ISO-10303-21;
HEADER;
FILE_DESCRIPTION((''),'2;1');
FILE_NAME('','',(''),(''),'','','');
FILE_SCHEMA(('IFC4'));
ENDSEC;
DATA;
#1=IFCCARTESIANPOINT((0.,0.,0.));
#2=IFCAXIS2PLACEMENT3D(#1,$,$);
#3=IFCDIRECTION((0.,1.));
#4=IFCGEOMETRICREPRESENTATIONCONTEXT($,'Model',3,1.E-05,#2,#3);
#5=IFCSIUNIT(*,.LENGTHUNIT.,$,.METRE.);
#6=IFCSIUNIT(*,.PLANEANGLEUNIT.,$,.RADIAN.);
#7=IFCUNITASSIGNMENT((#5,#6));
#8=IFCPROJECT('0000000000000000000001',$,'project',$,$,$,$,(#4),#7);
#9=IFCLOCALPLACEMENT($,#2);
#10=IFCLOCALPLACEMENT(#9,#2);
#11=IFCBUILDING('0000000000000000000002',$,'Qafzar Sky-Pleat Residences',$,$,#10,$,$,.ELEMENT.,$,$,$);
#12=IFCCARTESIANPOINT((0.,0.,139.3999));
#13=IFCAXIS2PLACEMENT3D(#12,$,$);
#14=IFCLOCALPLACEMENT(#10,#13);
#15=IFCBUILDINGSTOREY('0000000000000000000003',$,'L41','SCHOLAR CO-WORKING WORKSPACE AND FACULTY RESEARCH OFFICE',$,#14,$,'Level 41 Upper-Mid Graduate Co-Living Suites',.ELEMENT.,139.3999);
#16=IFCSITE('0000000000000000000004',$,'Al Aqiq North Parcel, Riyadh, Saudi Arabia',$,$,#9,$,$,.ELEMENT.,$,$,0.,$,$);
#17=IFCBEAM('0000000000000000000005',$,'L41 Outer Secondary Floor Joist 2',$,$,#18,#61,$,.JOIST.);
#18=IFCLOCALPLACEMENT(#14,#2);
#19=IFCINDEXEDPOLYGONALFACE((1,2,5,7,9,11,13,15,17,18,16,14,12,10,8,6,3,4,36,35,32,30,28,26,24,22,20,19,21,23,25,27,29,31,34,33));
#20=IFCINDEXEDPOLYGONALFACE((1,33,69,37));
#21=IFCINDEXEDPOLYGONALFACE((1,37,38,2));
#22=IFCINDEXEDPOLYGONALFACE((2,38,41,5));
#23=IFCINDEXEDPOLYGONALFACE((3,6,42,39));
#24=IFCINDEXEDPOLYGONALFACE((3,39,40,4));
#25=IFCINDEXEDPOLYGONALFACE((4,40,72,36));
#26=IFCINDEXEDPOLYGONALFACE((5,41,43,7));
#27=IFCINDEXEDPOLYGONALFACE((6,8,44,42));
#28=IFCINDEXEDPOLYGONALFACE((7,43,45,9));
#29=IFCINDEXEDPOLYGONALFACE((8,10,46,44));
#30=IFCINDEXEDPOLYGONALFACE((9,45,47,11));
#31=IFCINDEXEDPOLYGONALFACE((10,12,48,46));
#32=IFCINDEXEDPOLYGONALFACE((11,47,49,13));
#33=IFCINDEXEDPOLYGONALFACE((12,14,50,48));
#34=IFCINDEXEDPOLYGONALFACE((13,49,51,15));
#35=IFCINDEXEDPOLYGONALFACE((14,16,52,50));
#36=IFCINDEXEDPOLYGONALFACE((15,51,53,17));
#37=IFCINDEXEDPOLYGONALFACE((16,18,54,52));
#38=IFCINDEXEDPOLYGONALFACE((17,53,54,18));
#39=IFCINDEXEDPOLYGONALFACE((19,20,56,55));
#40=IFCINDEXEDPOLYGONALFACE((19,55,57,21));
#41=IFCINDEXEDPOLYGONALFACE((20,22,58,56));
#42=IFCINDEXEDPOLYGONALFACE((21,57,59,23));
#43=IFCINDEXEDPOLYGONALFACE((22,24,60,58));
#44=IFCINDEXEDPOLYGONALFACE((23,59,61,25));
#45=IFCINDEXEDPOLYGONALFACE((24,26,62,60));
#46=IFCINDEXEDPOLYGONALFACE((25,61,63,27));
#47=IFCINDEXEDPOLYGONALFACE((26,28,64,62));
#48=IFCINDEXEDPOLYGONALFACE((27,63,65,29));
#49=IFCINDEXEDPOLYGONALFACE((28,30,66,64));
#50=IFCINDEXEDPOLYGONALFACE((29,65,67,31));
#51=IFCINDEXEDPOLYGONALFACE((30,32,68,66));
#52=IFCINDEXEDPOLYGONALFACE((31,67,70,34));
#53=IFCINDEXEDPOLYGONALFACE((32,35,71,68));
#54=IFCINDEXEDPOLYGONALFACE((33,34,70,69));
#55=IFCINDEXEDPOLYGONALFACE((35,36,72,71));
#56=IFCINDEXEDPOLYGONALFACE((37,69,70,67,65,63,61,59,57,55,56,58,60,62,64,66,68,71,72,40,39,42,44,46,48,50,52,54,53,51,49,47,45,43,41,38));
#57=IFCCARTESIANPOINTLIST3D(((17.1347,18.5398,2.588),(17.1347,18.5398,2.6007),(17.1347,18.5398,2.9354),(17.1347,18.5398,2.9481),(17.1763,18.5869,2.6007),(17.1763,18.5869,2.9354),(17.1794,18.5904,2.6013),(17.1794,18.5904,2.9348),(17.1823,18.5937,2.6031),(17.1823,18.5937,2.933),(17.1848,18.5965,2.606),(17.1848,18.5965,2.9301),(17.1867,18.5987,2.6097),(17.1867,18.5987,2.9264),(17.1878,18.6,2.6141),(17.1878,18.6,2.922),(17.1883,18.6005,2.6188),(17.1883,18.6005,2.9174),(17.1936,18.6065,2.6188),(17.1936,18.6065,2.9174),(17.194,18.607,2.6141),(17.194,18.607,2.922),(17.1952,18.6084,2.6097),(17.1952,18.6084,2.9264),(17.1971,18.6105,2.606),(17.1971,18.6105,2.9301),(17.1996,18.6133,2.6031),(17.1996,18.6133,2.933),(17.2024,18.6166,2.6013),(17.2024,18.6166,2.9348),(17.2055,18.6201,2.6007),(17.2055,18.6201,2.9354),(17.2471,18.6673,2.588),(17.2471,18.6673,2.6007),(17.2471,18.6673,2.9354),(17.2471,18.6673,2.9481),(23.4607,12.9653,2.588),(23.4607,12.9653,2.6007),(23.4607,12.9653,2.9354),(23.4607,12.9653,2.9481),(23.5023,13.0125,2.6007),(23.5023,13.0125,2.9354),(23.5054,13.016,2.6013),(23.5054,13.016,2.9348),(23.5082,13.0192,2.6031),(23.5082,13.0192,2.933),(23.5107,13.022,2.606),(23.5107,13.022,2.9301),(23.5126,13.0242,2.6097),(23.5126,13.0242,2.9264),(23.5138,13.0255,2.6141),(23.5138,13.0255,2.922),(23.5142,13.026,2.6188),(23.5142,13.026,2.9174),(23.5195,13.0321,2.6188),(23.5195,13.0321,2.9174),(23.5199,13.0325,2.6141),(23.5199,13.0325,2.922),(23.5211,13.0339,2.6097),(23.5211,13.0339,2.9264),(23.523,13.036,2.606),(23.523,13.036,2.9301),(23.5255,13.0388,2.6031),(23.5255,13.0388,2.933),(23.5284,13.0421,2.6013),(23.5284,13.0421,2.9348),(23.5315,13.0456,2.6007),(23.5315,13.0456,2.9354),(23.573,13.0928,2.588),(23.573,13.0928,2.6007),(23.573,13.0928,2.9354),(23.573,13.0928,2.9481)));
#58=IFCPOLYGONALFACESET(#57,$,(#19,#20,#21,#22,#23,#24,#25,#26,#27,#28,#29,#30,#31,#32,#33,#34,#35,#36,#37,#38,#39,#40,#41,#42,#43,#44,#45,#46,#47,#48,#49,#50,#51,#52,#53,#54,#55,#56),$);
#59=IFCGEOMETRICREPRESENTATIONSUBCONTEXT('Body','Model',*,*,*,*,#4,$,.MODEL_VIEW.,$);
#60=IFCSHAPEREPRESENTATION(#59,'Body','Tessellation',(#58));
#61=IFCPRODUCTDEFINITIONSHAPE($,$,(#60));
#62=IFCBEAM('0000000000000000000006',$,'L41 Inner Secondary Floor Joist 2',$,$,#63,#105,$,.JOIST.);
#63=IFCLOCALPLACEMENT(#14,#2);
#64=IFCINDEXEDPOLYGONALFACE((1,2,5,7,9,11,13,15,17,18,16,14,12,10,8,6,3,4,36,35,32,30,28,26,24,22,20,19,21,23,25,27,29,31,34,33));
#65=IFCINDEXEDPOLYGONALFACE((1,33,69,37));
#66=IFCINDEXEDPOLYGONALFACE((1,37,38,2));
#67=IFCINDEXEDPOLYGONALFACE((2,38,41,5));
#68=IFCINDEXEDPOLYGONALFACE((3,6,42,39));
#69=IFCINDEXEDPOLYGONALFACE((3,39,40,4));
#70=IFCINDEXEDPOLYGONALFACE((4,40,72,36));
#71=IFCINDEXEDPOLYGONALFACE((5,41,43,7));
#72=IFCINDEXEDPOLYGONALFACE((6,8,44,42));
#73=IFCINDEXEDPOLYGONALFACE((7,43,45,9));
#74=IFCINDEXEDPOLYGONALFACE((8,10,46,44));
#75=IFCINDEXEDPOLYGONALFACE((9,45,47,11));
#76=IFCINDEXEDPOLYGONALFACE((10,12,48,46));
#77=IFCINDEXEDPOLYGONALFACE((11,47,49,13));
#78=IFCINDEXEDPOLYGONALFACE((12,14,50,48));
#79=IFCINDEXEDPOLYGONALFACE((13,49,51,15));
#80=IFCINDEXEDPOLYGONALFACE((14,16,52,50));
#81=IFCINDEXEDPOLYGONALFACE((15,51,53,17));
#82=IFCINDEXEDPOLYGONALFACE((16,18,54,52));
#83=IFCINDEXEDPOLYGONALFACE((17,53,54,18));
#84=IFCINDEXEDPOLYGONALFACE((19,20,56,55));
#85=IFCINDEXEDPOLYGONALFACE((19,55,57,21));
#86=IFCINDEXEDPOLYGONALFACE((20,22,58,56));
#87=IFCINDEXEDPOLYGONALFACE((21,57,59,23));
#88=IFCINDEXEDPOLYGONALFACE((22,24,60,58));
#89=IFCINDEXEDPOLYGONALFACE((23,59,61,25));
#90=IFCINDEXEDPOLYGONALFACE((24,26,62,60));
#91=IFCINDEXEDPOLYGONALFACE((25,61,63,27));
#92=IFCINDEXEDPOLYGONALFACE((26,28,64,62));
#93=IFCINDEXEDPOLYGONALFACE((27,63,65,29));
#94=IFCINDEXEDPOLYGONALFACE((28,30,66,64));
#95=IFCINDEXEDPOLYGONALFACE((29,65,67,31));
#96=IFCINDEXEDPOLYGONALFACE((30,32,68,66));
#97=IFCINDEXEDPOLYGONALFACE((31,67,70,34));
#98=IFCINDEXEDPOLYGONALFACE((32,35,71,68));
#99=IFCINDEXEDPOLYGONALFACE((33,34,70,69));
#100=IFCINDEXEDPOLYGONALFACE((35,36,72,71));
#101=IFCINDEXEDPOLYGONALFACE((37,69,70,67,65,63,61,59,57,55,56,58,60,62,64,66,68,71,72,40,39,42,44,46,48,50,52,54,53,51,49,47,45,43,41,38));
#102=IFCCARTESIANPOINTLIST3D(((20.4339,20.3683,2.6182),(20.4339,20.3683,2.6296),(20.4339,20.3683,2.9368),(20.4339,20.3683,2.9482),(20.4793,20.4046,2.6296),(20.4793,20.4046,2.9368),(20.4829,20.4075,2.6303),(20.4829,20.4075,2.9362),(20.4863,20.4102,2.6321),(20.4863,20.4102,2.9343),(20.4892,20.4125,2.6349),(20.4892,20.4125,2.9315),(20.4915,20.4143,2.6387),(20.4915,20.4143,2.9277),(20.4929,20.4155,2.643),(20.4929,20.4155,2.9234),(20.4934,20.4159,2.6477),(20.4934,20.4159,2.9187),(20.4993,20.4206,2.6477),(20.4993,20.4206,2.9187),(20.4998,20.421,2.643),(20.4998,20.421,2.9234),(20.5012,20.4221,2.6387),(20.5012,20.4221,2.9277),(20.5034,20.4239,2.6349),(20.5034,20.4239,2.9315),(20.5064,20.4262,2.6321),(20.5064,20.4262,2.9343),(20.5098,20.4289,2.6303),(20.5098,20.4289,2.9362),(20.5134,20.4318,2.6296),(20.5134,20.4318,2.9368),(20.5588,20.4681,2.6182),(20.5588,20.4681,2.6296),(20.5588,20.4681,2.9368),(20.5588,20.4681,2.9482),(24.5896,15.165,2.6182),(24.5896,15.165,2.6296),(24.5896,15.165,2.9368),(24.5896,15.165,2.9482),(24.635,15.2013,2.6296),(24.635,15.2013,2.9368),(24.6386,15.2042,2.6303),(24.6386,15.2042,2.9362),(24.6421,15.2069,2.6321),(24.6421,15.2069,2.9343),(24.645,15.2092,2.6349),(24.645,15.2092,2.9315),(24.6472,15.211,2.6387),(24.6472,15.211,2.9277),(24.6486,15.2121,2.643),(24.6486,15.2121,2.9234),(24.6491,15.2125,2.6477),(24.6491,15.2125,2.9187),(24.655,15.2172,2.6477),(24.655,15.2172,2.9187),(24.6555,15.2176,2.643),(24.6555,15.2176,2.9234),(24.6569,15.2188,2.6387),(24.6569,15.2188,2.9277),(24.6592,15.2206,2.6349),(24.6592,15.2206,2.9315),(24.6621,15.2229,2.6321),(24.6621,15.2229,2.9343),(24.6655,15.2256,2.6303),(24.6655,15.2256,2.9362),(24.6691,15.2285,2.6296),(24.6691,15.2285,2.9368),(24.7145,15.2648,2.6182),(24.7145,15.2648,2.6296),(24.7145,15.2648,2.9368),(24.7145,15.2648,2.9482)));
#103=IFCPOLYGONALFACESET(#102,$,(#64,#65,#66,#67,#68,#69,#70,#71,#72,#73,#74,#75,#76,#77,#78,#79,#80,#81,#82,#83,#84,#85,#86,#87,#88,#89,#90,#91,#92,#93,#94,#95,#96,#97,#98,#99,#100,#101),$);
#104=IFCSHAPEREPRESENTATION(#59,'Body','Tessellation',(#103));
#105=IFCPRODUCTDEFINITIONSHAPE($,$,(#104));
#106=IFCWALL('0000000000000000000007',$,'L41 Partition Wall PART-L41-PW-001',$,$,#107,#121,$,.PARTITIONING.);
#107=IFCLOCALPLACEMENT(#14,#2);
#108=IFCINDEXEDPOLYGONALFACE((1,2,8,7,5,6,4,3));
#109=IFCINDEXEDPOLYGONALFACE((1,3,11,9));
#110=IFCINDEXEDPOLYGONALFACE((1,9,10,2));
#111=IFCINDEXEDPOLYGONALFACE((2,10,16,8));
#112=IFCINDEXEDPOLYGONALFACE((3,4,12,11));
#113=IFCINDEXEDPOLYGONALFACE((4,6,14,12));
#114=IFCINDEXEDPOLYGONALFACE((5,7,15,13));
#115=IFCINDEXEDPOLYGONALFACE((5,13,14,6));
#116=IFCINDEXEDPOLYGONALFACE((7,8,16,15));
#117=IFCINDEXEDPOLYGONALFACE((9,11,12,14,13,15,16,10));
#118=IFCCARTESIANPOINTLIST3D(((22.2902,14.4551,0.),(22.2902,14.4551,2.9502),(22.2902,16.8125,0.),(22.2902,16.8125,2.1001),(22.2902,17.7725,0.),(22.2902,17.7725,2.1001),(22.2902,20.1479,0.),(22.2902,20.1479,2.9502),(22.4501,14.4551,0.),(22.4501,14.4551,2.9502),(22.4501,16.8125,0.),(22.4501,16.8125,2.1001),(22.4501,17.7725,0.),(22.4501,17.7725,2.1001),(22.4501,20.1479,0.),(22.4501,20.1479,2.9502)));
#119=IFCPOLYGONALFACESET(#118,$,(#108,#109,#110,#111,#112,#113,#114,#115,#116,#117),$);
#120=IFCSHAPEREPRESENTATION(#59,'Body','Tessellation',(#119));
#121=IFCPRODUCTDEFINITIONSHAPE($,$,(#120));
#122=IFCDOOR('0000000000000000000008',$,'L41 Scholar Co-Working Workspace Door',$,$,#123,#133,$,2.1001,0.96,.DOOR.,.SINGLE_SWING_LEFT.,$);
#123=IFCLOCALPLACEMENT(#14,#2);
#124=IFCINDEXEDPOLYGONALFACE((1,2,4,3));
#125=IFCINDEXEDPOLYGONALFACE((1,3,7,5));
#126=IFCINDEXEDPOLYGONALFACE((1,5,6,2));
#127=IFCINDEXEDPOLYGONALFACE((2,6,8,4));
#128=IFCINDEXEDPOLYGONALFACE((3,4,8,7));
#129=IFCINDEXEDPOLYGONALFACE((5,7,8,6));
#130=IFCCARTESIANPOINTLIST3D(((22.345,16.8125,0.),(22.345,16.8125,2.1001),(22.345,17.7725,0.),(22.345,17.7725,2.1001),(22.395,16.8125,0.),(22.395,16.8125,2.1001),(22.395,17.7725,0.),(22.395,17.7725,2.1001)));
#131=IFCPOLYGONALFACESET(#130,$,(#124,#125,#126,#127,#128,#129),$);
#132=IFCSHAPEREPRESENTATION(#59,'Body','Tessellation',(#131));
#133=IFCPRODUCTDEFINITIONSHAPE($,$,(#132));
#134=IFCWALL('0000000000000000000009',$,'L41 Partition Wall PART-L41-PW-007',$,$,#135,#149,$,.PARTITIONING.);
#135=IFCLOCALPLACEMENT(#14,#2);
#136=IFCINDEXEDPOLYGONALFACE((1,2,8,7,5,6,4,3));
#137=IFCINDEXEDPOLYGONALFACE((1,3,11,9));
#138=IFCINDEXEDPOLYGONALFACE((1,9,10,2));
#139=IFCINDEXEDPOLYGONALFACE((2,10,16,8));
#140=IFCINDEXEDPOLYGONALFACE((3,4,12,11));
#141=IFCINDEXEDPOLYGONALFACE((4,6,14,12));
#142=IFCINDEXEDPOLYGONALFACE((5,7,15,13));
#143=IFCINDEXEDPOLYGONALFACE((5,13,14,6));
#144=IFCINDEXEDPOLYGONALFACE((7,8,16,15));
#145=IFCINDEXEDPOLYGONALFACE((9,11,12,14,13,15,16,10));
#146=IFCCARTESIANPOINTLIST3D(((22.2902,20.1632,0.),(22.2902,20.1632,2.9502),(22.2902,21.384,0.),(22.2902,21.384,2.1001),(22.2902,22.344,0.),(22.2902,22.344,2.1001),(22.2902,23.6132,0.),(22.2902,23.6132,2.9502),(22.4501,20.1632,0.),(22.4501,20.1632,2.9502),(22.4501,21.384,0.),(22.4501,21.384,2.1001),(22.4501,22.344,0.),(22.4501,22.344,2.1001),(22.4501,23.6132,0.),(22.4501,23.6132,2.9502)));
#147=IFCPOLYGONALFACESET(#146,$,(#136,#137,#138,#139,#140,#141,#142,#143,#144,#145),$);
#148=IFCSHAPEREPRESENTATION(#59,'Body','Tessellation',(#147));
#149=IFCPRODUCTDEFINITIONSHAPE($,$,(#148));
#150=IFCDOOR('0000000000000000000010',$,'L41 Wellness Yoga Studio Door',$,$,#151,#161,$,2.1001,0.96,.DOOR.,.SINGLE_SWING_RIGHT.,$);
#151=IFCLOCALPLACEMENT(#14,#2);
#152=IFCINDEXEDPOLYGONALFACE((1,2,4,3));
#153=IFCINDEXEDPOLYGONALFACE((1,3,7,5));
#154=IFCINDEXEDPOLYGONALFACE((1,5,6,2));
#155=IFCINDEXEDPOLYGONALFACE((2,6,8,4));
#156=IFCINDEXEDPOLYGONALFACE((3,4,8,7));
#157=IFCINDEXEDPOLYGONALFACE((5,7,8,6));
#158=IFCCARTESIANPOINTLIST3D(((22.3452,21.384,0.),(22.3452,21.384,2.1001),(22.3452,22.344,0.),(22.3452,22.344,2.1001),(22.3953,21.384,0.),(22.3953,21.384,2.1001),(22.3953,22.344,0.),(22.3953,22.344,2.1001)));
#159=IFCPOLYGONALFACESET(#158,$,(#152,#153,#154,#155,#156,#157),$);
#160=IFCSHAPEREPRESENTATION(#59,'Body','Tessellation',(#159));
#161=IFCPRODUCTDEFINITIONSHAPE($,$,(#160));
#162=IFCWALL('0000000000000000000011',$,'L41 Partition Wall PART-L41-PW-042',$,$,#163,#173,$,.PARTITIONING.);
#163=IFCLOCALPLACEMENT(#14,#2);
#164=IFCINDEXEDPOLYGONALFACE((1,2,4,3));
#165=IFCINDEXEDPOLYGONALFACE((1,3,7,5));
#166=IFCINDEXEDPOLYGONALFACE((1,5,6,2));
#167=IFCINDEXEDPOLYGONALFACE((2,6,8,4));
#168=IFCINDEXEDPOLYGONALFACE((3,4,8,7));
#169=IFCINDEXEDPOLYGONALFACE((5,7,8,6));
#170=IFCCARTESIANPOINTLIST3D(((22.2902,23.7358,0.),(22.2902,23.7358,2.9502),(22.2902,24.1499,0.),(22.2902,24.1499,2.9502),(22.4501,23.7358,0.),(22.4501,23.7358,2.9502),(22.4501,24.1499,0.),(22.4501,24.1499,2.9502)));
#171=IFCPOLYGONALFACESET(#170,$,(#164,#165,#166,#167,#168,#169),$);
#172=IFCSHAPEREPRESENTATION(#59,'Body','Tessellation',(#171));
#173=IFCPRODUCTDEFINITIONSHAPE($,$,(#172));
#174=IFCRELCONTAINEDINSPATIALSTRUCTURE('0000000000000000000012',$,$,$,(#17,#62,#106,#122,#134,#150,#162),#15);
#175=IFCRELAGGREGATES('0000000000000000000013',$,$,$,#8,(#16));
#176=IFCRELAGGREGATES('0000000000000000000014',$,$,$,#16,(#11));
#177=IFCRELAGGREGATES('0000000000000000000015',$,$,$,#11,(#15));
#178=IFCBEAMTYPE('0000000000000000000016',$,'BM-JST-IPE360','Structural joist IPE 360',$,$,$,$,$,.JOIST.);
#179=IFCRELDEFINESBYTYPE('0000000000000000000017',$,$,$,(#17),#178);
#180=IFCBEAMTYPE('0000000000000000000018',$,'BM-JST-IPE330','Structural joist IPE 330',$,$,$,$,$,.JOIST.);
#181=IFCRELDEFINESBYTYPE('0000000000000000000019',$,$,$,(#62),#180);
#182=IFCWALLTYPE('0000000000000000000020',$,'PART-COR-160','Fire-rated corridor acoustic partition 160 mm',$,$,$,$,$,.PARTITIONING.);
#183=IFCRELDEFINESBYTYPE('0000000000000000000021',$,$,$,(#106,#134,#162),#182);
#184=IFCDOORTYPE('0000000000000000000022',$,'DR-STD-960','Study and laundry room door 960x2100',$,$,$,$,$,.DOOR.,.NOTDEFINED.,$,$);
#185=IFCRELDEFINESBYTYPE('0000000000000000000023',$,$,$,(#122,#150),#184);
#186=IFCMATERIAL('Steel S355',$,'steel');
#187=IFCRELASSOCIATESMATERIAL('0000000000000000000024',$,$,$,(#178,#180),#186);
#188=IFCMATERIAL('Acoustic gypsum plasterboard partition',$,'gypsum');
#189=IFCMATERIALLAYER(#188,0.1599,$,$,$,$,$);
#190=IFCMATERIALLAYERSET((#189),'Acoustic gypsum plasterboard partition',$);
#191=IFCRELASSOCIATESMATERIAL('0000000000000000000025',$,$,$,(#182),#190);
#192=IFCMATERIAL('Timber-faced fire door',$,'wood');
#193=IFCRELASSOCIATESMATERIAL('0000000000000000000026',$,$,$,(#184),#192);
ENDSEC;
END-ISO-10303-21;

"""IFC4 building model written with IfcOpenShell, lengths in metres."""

from ifc_helpers import new_model, si_unit, direction, frame, frame_2d, origin, origin_2d, place, context, subcontext, project, spatial, rectangle, i_section, extrude, source, transform, mapped, material, layer, layer_set, material_profile, profile_set, type_object, element, fill, save


model = new_model("IFC4")

# Units and contexts
model_context = context("Model", 3, precision=1e-05, world=origin(), true_north=direction((0.0, 1.0)))
body_context = subcontext(model_context, "Body", "Model", "MODEL_VIEW")
ifc_project = project(units=[si_unit("LENGTHUNIT", "METRE"), si_unit("PLANEANGLEUNIT", "RADIAN")], contexts=[model_context])

# Site, building, storey
site_placement = place(None, origin())
site = spatial("IfcSite", under=ifc_project, at=site_placement, Name="Al Aqiq North Parcel, Riyadh, Saudi Arabia", CompositionType="ELEMENT", RefElevation=0.0)
building_placement = place(site_placement, origin())
building = spatial("IfcBuilding", under=site, at=building_placement, Name="Qafzar Sky-Pleat Residences", CompositionType="ELEMENT")
storey_placement = place(building_placement, frame((0.0, 0.0, 139.3999)))
storey = spatial("IfcBuildingStorey", under=building, at=storey_placement, Name="L41", Description="SCHOLAR CO-WORKING WORKSPACE AND FACULTY RESEARCH OFFICE", LongName="Level 41 Upper-Mid Graduate Co-Living Suites", CompositionType="ELEMENT", Elevation=139.3999)

# Beams
ifc_material_1 = material(Name="Steel S355", Category="steel")
ifc_material_profile_1 = material_profile(ifc_material_1, i_section(OverallWidth=0.1699, OverallDepth=0.3601, WebThickness=0.0081, FlangeThickness=0.0127, FilletRadius=0.0181, at=origin_2d()), Name="IPE 360")
ifc_profile_set_1 = profile_set([ifc_material_profile_1], Name="Steel S355")
beam_type_1 = type_object("IfcBeamType", Name="BM-JST-IPE360", Description="Structural joist IPE 360", PredefinedType="JOIST", material=ifc_profile_set_1)
shared_shape_1 = source(origin(), body_context, "Body", "SweptSolid", [
    extrude(i_section(OverallWidth=0.1699, OverallDepth=0.3601, WebThickness=0.0081, FlangeThickness=0.0127, FilletRadius=0.0181, at=origin_2d()), origin(), (0.0, 0.0, 1.0), 8.4316),
])
beam_1_placement = place(storey_placement, frame((17.1909, 18.6035, 2.7681), z_axis=(0.750264, -0.661139, 0.0), x_axis=(0.661139, 0.750264, 0.0)))
element("IfcBeam", 1, at=beam_1_placement, inside=storey, type_object=beam_type_1, Name="L41 Outer Secondary Floor Joist 2", PredefinedType="JOIST", context=body_context, shape_type="MappedRepresentation", body=[
    mapped(shared_shape_1, transform((0.0, 0.0, 0.0), x_axis=(1.0, 0.0, 0.0), y_axis=(0.0, 1.0, 0.0), z_axis=(0.0, 0.0, 1.0), scale=1.0)),
])
ifc_material_profile_2 = material_profile(ifc_material_1, i_section(OverallWidth=0.1599, OverallDepth=0.3301, WebThickness=0.0076, FlangeThickness=0.0115, FilletRadius=0.0181, at=origin_2d()), Name="IPE 330")
ifc_profile_set_2 = profile_set([ifc_material_profile_2], Name="Steel S355")
beam_type_2 = type_object("IfcBeamType", Name="BM-JST-IPE330", Description="Structural joist IPE 330", PredefinedType="JOIST", material=ifc_profile_set_2)
shared_shape_2 = source(origin(), body_context, "Body", "SweptSolid", [
    extrude(i_section(OverallWidth=0.1599, OverallDepth=0.3301, WebThickness=0.0076, FlangeThickness=0.0115, FilletRadius=0.0181, at=origin_2d()), origin(), (0.0, 0.0, 1.0), 6.6592),
])
beam_2_placement = place(storey_placement, frame((20.4963, 20.4182, 2.7832), z_axis=(0.62406, -0.781376, 0.0), x_axis=(0.781376, 0.62406, 0.0)))
element("IfcBeam", 2, at=beam_2_placement, inside=storey, type_object=beam_type_2, Name="L41 Inner Secondary Floor Joist 2", PredefinedType="JOIST", context=body_context, shape_type="MappedRepresentation", body=[
    mapped(shared_shape_2, transform((0.0, 0.0, 0.0), x_axis=(1.0, 0.0, 0.0), y_axis=(0.0, 1.0, 0.0), z_axis=(0.0, 0.0, 1.0), scale=1.0)),
])

# Walls, openings, doors
ifc_material_2 = material(Name="Acoustic gypsum plasterboard partition", Category="gypsum")
ifc_layer_1 = layer(ifc_material_2, 0.1599)
ifc_layer_set_1 = layer_set([ifc_layer_1], Name="Acoustic gypsum plasterboard partition")
wall_type_1 = type_object("IfcWallType", Name="PART-COR-160", Description="Fire-rated corridor acoustic partition 160 mm", PredefinedType="PARTITIONING", material=ifc_layer_set_1)
wall_1_placement = place(storey_placement, frame((22.3701, 20.1479, 0.0), z_axis=(0.0, 0.0, 1.0), x_axis=(0.0, -1.0, 0.0)))
wall_1 = element("IfcWall", 3, at=wall_1_placement, inside=storey, type_object=wall_type_1, Name="L41 Partition Wall PART-L41-PW-001", PredefinedType="PARTITIONING", context=body_context, shape_type="SweptSolid", body=[
    extrude(rectangle(XDim=5.6929, YDim=0.1599, at=frame_2d((2.8464, 0.0))), origin(), (0.0, 0.0, 1.0), 2.9502),
])
opening_1_placement = place(wall_1_placement, frame((2.3755, 0.0, 0.0)))
opening_1 = element("IfcOpeningElement", 4, at=opening_1_placement, cuts=wall_1, PredefinedType="OPENING", context=body_context, shape_type="SweptSolid", body=[
    extrude(rectangle(XDim=0.96, YDim=2.1001, at=frame_2d((0.48, 1.05))), frame((0.0, 0.0898, 0.0), z_axis=(0.0, -1.0, 0.0), x_axis=(1.0, 0.0, 0.0)), (0.0, 0.0, 1.0), 0.1799),
])
ifc_material_3 = material(Name="Timber-faced fire door", Category="wood")
door_type_1 = type_object("IfcDoorType", Name="DR-STD-960", Description="Study and laundry room door 960x2100", OperationType="NOTDEFINED", PredefinedType="DOOR", material=ifc_material_3)
shared_shape_3 = source(origin(), body_context, "Body", "SweptSolid", [
    extrude(rectangle(XDim=0.96, YDim=2.1001, at=frame_2d((0.48, 1.05))), frame((0.0, 0.0249, 0.0), z_axis=(0.0, -1.0, 0.0), x_axis=(1.0, 0.0, 0.0)), (0.0, 0.0, 1.0), 0.05),
])
door_1_placement = place(opening_1_placement, origin())
door_1 = element("IfcDoor", 5, at=door_1_placement, inside=storey, type_object=door_type_1, Name="L41 Scholar Co-Working Workspace Door", OperationType="SINGLE_SWING_LEFT", OverallHeight=2.1001, OverallWidth=0.96, PredefinedType="DOOR", context=body_context, shape_type="MappedRepresentation", body=[
    mapped(shared_shape_3, transform((0.0, 0.0, 0.0), x_axis=(1.0, 0.0, 0.0), y_axis=(0.0, 1.0, 0.0), z_axis=(0.0, 0.0, 1.0), scale=1.0)),
])
fill(opening_1, door_1)
wall_2_placement = place(storey_placement, frame((22.3701, 20.1631, 0.0), z_axis=(0.0, 0.0, 1.0), x_axis=(0.0, 1.0, 0.0)))
wall_2 = element("IfcWall", 6, at=wall_2_placement, inside=storey, type_object=wall_type_1, Name="L41 Partition Wall PART-L41-PW-007", PredefinedType="PARTITIONING", context=body_context, shape_type="SweptSolid", body=[
    extrude(rectangle(XDim=3.45, YDim=0.1599, at=frame_2d((1.7251, 0.0))), origin(), (0.0, 0.0, 1.0), 2.9502),
])
opening_2_placement = place(wall_2_placement, frame((1.2209, 0.0, 0.0)))
opening_2 = element("IfcOpeningElement", 7, at=opening_2_placement, cuts=wall_2, PredefinedType="OPENING", context=body_context, shape_type="SweptSolid", body=[
    extrude(rectangle(XDim=0.96, YDim=2.1001, at=frame_2d((0.48, 1.05))), frame((0.0, 0.0898, 0.0), z_axis=(0.0, -1.0, 0.0), x_axis=(1.0, 0.0, 0.0)), (0.0, 0.0, 1.0), 0.1799),
])
door_2_placement = place(opening_2_placement, origin())
door_2 = element("IfcDoor", 8, at=door_2_placement, inside=storey, type_object=door_type_1, Name="L41 Wellness Yoga Studio Door", OperationType="SINGLE_SWING_RIGHT", OverallHeight=2.1001, OverallWidth=0.96, PredefinedType="DOOR", context=body_context, shape_type="MappedRepresentation", body=[
    mapped(shared_shape_3, transform((0.0, 0.0, 0.0), x_axis=(1.0, 0.0, 0.0), y_axis=(0.0, 1.0, 0.0), z_axis=(0.0, 0.0, 1.0), scale=1.0)),
])
fill(opening_2, door_2)

# Wall
wall_3_placement = place(storey_placement, frame((22.3701, 23.7358, 0.0), z_axis=(0.0, 0.0, 1.0), x_axis=(0.0, 1.0, 0.0)))
element("IfcWall", 9, at=wall_3_placement, inside=storey, type_object=wall_type_1, Name="L41 Partition Wall PART-L41-PW-042", PredefinedType="PARTITIONING", context=body_context, shape_type="SweptSolid", body=[
    extrude(rectangle(XDim=0.4141, YDim=0.1599, at=frame_2d((0.207, 0.0))), origin(), (0.0, 0.0, 1.0), 2.9502),
])

save(model, "model.ifc")
